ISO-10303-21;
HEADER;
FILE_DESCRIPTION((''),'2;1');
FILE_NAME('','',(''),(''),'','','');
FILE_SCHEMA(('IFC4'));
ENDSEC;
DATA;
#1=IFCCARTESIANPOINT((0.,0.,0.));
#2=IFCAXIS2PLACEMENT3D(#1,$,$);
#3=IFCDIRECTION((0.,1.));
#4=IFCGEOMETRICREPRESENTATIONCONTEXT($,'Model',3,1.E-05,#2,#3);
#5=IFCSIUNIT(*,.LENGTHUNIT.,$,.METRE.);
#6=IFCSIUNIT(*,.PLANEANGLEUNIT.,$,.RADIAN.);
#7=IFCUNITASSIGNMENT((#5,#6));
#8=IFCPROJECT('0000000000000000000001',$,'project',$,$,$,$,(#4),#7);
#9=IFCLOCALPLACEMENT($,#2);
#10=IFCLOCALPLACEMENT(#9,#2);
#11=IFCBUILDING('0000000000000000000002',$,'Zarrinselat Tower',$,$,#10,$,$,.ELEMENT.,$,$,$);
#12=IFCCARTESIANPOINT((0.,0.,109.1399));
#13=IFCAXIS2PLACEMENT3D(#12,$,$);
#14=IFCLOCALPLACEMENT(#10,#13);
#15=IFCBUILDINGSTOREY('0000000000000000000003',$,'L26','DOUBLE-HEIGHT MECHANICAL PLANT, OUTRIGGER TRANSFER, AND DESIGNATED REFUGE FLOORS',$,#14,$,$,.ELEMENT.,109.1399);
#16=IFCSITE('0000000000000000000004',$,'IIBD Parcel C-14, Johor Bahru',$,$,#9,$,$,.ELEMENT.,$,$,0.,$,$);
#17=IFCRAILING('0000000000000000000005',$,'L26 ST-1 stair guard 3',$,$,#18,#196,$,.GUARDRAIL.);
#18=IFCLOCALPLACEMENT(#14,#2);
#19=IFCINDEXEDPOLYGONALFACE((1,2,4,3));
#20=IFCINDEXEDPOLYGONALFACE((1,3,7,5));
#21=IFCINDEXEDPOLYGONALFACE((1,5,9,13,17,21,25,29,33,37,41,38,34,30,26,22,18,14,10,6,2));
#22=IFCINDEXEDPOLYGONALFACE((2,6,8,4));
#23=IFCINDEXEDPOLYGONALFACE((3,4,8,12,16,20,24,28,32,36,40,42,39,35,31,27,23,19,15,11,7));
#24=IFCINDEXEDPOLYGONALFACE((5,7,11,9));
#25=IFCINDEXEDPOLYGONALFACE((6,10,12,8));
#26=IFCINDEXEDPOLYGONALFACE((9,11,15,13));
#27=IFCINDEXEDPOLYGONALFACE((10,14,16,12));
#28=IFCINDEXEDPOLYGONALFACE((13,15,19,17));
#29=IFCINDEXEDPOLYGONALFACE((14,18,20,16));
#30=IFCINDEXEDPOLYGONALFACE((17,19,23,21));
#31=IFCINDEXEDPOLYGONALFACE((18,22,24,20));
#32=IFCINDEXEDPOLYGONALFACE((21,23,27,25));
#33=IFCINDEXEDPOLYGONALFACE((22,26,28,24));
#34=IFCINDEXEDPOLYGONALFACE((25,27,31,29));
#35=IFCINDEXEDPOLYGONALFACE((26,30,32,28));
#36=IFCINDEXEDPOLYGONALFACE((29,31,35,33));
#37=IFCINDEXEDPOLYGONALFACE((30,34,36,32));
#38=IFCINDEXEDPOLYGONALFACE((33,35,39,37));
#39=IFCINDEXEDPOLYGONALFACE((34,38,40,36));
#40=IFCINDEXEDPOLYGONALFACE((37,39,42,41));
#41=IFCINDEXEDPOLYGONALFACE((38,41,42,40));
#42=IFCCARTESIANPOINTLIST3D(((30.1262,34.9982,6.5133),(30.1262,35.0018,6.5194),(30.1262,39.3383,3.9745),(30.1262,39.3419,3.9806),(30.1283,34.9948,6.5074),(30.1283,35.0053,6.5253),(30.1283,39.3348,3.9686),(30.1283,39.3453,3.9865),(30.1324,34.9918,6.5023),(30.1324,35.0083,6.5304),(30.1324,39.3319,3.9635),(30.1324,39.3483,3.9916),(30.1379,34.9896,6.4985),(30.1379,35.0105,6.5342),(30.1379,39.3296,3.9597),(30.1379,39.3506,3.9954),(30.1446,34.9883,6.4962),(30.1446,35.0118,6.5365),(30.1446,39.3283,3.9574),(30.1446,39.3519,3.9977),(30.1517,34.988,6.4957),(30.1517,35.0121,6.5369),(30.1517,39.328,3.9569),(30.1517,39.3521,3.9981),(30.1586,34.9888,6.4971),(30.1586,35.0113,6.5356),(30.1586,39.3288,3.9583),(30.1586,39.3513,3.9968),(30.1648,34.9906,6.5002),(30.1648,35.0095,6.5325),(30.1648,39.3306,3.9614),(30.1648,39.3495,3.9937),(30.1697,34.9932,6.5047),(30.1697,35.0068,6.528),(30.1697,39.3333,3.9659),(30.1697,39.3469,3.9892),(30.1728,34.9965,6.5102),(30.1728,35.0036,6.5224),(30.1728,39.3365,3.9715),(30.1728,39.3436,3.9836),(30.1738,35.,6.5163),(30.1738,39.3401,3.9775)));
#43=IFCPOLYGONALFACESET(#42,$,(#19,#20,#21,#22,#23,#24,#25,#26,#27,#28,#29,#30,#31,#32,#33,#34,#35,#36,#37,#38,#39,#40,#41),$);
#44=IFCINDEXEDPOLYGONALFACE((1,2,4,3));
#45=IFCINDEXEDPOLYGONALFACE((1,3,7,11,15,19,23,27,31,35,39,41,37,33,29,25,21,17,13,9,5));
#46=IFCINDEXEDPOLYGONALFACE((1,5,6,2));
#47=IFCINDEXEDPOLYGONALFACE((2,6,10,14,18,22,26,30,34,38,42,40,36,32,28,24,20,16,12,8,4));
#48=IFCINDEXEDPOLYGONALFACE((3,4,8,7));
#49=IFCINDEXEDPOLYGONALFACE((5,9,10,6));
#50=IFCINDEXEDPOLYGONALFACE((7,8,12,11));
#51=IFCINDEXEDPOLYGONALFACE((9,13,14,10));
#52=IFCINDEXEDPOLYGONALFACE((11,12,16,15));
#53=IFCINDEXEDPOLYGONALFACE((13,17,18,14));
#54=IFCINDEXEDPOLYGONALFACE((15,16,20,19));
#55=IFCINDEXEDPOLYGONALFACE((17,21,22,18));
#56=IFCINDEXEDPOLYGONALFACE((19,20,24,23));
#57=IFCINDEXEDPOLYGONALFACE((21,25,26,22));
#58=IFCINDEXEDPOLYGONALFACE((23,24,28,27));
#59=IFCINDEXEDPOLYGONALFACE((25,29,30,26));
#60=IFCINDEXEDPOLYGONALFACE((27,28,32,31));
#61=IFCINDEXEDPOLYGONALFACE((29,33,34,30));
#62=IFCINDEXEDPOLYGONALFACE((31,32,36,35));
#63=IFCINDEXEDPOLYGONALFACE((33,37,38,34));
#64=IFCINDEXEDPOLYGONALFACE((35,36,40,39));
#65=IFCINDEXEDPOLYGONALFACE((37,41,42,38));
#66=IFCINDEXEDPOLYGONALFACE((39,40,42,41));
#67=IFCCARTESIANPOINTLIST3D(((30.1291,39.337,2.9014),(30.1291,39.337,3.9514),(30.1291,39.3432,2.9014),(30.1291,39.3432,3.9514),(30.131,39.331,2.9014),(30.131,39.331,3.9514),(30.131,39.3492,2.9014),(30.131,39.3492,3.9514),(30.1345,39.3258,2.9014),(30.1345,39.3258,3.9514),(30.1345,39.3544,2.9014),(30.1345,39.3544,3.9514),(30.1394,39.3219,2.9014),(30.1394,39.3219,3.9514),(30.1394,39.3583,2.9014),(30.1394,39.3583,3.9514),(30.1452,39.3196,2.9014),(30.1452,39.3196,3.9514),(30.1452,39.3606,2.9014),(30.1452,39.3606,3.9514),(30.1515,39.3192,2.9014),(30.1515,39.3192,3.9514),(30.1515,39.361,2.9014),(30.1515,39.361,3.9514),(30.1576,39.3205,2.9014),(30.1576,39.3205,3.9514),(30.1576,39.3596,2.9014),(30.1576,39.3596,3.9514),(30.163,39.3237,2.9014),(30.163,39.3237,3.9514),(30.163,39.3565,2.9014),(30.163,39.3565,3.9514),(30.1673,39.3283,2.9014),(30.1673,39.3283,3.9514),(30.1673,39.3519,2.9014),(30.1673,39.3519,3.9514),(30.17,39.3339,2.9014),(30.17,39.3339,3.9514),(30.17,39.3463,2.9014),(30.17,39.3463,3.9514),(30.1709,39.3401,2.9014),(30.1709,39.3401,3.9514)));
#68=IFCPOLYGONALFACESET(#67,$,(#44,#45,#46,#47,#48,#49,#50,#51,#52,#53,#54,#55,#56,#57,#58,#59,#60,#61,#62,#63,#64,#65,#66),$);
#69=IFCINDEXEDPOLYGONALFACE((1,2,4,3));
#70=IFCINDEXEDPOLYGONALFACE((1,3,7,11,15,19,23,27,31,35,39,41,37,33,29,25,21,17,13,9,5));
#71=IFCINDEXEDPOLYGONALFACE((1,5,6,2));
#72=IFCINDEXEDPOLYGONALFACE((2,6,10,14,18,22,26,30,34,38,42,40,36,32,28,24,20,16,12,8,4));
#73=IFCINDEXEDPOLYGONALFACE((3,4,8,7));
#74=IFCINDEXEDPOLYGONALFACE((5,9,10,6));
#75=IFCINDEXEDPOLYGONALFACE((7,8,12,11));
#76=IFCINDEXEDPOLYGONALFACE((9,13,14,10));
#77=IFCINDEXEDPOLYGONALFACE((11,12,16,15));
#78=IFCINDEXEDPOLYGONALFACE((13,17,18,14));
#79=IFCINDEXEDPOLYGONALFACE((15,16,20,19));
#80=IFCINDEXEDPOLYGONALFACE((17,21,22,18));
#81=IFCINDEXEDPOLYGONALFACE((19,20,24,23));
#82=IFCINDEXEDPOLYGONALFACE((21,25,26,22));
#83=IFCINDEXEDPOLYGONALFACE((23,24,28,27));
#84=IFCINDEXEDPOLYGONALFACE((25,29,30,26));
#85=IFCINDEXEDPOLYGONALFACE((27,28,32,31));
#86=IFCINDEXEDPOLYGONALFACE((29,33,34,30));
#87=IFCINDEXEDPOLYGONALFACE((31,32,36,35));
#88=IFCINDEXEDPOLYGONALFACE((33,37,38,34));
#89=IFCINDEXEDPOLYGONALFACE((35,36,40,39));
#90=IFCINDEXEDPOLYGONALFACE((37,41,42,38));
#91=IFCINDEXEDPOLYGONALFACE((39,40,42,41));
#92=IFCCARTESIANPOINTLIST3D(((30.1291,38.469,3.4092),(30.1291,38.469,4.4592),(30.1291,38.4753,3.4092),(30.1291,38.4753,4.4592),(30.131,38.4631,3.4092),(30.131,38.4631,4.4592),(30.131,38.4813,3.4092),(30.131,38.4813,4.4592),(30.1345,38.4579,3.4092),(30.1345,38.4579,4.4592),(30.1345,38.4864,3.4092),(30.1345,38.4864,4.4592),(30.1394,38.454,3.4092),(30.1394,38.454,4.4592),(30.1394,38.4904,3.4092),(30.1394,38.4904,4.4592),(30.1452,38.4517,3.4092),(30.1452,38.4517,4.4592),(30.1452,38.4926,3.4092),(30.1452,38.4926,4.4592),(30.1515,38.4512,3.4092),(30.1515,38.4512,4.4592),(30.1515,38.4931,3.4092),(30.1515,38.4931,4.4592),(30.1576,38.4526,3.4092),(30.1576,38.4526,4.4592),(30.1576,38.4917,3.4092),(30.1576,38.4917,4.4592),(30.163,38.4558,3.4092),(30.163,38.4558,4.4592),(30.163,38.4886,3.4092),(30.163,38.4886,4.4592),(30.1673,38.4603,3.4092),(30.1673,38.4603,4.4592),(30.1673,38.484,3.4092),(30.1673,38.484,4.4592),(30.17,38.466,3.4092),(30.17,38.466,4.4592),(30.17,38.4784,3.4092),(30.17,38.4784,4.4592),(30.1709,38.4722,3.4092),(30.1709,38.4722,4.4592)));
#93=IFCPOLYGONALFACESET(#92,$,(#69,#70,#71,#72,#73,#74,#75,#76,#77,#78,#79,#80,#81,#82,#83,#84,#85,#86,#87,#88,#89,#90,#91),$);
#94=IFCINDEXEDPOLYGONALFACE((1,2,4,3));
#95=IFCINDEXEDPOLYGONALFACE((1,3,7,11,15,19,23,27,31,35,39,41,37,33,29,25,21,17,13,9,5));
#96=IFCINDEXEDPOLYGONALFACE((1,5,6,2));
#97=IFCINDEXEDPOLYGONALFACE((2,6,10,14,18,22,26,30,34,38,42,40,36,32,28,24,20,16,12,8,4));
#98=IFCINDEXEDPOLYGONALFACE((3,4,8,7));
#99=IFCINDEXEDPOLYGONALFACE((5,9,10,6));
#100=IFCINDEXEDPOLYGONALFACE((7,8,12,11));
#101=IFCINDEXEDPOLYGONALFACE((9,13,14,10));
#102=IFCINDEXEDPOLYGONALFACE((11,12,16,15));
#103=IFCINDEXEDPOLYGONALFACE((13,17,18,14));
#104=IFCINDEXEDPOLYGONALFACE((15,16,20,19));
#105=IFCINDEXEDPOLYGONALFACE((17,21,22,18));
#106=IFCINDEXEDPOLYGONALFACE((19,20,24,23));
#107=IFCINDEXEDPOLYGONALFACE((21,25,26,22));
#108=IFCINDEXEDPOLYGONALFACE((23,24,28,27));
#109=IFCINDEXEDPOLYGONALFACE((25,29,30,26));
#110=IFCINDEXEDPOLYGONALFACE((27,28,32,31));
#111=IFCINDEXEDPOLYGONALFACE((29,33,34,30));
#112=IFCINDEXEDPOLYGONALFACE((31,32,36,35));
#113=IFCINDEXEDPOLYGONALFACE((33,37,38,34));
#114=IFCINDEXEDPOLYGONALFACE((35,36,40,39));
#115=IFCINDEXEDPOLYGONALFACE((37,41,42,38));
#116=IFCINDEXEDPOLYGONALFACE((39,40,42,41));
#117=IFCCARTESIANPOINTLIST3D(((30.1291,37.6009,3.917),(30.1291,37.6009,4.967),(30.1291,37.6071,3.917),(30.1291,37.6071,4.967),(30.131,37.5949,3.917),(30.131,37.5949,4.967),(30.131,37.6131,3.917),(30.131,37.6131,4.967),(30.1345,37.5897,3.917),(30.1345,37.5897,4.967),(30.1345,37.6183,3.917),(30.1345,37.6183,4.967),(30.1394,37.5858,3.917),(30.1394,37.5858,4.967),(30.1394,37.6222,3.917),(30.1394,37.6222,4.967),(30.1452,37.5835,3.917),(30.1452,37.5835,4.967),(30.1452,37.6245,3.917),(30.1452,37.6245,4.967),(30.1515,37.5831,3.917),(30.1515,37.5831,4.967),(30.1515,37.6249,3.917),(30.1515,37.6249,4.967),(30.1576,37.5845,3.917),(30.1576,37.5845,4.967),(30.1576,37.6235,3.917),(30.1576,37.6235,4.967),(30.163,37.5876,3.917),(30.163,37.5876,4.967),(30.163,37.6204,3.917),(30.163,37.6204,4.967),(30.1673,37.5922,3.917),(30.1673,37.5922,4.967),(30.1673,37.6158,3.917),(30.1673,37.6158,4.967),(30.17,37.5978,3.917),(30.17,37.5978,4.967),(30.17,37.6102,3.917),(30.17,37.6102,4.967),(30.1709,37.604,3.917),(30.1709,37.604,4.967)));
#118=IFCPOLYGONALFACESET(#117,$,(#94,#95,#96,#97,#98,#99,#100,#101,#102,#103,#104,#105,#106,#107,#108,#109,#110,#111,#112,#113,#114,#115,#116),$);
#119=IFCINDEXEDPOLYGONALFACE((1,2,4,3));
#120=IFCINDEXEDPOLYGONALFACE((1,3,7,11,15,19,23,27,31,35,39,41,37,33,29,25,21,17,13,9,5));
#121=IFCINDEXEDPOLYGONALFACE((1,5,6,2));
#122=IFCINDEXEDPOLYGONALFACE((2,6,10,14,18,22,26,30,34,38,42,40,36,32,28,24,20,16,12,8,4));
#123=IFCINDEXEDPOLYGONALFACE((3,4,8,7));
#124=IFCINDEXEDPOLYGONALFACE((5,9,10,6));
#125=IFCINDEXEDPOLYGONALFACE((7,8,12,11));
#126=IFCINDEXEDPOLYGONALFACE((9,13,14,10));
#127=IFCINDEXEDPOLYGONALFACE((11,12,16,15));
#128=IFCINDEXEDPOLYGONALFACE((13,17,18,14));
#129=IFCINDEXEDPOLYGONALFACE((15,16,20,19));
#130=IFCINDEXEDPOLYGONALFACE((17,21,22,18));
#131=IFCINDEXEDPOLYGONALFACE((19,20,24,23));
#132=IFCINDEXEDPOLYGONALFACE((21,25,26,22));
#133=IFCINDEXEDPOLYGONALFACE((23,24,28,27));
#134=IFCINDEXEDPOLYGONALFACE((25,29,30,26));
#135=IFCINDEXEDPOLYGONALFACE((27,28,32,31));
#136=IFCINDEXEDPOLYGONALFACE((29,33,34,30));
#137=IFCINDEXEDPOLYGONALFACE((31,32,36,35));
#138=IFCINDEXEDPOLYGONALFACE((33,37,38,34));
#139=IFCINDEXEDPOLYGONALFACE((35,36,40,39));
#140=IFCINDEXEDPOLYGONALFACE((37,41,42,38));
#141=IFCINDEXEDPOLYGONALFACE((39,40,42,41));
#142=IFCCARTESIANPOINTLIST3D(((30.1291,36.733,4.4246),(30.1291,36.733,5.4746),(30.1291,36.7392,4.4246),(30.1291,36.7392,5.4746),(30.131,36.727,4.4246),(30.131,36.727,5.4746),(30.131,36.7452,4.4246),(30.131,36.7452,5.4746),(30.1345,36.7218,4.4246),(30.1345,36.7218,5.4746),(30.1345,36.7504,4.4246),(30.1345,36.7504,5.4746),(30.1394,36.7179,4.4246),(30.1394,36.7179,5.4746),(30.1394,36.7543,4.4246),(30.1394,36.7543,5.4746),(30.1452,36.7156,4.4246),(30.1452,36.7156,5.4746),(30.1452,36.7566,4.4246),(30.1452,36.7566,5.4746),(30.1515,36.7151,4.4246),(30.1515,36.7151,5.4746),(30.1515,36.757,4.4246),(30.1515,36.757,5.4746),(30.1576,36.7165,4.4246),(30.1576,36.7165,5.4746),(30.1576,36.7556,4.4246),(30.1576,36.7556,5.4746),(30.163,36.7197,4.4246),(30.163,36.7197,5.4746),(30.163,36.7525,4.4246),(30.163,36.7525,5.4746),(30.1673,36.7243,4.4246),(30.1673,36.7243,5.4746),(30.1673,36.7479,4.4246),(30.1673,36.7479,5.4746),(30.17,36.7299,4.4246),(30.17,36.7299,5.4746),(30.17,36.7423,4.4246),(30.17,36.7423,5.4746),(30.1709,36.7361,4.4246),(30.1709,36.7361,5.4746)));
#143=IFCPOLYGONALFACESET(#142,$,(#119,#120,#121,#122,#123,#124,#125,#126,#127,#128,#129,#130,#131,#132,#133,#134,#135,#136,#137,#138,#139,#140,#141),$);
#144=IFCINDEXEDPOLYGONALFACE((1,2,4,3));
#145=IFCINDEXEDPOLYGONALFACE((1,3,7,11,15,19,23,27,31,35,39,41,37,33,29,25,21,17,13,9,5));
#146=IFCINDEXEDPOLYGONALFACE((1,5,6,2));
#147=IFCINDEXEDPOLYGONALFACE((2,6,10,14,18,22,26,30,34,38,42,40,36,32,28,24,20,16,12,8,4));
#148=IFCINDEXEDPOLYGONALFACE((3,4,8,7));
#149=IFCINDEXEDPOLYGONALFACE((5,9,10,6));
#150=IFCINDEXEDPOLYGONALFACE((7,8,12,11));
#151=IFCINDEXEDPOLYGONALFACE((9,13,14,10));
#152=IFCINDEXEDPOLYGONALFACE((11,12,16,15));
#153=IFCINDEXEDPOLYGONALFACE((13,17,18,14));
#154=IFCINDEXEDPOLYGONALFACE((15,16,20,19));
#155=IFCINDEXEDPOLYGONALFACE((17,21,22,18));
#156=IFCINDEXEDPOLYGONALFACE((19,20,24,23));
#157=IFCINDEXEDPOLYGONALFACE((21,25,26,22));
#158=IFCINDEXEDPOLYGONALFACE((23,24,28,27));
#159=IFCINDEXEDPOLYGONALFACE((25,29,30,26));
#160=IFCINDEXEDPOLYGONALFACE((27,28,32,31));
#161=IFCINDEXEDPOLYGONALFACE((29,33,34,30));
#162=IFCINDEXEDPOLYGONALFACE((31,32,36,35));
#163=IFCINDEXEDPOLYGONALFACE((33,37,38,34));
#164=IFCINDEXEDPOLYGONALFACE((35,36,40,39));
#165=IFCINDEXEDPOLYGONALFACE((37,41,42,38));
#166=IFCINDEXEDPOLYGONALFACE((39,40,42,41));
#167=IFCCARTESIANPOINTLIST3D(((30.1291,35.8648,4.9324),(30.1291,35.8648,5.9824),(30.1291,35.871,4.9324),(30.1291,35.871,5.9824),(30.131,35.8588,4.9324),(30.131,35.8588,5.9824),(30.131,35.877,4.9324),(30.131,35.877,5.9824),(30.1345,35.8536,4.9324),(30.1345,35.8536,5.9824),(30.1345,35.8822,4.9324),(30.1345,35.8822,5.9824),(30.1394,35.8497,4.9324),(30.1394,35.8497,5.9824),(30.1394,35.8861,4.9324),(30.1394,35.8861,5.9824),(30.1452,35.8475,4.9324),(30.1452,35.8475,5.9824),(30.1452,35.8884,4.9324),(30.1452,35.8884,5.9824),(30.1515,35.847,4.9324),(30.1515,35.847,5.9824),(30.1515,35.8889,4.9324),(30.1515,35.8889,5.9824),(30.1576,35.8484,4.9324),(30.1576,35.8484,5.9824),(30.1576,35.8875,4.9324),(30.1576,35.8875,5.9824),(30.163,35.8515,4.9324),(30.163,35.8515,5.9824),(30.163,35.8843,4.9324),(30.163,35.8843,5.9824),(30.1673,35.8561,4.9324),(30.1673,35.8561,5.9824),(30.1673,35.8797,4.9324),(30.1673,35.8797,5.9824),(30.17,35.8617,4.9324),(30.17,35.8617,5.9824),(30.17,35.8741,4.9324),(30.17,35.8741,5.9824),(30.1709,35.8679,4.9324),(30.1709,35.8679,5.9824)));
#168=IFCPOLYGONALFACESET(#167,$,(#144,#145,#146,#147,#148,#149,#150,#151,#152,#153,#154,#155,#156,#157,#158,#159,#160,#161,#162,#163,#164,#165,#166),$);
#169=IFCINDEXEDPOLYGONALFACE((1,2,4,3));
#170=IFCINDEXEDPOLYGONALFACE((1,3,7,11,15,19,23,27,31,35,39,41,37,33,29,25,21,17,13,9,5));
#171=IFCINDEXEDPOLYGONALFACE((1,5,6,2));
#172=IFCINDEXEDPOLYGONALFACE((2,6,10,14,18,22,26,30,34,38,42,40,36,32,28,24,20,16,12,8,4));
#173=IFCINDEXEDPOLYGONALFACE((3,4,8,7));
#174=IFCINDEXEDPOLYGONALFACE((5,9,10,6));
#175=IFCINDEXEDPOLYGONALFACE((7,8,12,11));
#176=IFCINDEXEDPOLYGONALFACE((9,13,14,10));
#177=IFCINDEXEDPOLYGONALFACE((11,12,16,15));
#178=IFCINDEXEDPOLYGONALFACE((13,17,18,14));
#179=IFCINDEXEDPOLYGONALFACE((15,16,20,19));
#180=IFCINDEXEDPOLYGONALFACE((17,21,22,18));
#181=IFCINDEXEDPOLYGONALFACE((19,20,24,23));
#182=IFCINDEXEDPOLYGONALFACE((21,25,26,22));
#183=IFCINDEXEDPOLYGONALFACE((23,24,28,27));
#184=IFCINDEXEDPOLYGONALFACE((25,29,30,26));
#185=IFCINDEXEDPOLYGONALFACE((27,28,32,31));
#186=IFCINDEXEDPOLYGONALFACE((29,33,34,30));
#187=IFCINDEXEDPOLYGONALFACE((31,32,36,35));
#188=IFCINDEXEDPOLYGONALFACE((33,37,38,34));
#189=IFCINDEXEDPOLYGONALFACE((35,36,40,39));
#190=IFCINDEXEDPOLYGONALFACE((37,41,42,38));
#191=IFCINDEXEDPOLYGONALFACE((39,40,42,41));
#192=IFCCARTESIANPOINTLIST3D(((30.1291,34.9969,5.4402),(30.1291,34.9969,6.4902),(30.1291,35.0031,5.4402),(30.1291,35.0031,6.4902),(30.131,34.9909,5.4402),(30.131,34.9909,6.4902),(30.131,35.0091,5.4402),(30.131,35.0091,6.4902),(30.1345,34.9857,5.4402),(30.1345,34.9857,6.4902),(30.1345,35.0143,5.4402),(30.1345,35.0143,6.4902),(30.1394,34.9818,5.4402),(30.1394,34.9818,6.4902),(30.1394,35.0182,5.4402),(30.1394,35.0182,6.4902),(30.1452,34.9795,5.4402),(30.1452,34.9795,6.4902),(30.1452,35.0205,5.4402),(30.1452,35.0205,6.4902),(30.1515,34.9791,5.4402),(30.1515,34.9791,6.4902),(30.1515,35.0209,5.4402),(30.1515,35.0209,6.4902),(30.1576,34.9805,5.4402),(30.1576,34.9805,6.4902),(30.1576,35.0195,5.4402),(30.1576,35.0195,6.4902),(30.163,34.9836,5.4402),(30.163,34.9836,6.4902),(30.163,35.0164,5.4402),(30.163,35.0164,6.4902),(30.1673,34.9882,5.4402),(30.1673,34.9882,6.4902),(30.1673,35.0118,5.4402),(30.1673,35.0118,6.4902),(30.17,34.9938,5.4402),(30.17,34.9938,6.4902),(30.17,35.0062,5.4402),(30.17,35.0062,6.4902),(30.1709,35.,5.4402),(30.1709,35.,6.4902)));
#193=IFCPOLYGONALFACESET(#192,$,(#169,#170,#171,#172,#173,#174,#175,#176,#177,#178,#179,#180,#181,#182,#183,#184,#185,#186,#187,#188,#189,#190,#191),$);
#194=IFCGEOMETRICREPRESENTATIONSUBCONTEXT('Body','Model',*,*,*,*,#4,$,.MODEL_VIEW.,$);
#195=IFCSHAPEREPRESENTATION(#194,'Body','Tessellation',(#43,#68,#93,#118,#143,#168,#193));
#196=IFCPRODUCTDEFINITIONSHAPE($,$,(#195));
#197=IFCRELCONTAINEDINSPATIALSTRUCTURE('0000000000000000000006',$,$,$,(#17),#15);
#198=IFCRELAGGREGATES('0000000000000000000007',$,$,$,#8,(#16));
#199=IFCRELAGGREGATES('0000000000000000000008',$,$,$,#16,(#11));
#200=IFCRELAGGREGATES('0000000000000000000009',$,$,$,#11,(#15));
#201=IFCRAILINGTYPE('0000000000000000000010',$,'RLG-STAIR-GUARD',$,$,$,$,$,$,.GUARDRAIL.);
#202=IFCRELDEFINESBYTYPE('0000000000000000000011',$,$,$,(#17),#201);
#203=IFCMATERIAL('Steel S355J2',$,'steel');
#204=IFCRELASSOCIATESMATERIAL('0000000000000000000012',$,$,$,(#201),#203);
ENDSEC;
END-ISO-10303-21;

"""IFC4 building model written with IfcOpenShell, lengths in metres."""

from ifc_helpers import new_model, si_unit, direction, frame, origin, origin_2d, place, context, subcontext, project, spatial, circle, extrude, material, type_object, element, save


model = new_model("IFC4")

# Units and contexts
model_context = context("Model", 3, precision=1e-05, world=origin(), true_north=direction((0.0, 1.0)))
body_context = subcontext(model_context, "Body", "Model", "MODEL_VIEW")
ifc_project = project(units=[si_unit("LENGTHUNIT", "METRE"), si_unit("PLANEANGLEUNIT", "RADIAN")], contexts=[model_context])

# Site, building, storey
site_placement = place(None, origin())
site = spatial("IfcSite", under=ifc_project, at=site_placement, Name="IIBD Parcel C-14, Johor Bahru", CompositionType="ELEMENT", RefElevation=0.0)
building_placement = place(site_placement, origin())
building = spatial("IfcBuilding", under=site, at=building_placement, Name="Zarrinselat Tower", CompositionType="ELEMENT")
storey_placement = place(building_placement, frame((0.0, 0.0, 109.1399)))
storey = spatial("IfcBuildingStorey", under=building, at=storey_placement, Name="L26", Description="DOUBLE-HEIGHT MECHANICAL PLANT, OUTRIGGER TRANSFER, AND DESIGNATED REFUGE FLOORS", CompositionType="ELEMENT", Elevation=109.1399)

# Railing
ifc_material_1 = material(Name="Steel S355J2", Category="steel")
railing_type_1 = type_object("IfcRailingType", Name="RLG-STAIR-GUARD", PredefinedType="GUARDRAIL", material=ifc_material_1)
railing_1_placement = place(storey_placement, frame((30.1499, 39.3401, 2.9014)))
element("IfcRailing", 1, at=railing_1_placement, inside=storey, type_object=railing_type_1, Name="L26 ST-1 stair guard 3", PredefinedType="GUARDRAIL", context=body_context, shape_type="SweptSolid", body=[
    extrude(circle(Radius=0.0239, at=origin_2d()), frame((0.0, 0.0, 1.0762), z_axis=(0.0, -0.863164, 0.504924), x_axis=(1.0, 0.0, 0.0)), (0.0, 0.0, 1.0), 5.0281),
    extrude(circle(Radius=0.021, at=origin_2d()), origin(), (0.0, 0.0, 1.0), 1.05),
    extrude(circle(Radius=0.021, at=origin_2d()), frame((0.0, -0.8679, 0.5078)), (0.0, 0.0, 1.0), 1.05),
    extrude(circle(Radius=0.021, at=origin_2d()), frame((0.0, -1.7361, 1.0156)), (0.0, 0.0, 1.0), 1.05),
    extrude(circle(Radius=0.021, at=origin_2d()), frame((0.0, -2.604, 1.5232)), (0.0, 0.0, 1.0), 1.05),
    extrude(circle(Radius=0.021, at=origin_2d()), frame((0.0, -3.4722, 2.031)), (0.0, 0.0, 1.0), 1.05),
    extrude(circle(Radius=0.021, at=origin_2d()), frame((0.0, -4.3401, 2.5388)), (0.0, 0.0, 1.0), 1.05),
])

save(model, "model.ifc")
